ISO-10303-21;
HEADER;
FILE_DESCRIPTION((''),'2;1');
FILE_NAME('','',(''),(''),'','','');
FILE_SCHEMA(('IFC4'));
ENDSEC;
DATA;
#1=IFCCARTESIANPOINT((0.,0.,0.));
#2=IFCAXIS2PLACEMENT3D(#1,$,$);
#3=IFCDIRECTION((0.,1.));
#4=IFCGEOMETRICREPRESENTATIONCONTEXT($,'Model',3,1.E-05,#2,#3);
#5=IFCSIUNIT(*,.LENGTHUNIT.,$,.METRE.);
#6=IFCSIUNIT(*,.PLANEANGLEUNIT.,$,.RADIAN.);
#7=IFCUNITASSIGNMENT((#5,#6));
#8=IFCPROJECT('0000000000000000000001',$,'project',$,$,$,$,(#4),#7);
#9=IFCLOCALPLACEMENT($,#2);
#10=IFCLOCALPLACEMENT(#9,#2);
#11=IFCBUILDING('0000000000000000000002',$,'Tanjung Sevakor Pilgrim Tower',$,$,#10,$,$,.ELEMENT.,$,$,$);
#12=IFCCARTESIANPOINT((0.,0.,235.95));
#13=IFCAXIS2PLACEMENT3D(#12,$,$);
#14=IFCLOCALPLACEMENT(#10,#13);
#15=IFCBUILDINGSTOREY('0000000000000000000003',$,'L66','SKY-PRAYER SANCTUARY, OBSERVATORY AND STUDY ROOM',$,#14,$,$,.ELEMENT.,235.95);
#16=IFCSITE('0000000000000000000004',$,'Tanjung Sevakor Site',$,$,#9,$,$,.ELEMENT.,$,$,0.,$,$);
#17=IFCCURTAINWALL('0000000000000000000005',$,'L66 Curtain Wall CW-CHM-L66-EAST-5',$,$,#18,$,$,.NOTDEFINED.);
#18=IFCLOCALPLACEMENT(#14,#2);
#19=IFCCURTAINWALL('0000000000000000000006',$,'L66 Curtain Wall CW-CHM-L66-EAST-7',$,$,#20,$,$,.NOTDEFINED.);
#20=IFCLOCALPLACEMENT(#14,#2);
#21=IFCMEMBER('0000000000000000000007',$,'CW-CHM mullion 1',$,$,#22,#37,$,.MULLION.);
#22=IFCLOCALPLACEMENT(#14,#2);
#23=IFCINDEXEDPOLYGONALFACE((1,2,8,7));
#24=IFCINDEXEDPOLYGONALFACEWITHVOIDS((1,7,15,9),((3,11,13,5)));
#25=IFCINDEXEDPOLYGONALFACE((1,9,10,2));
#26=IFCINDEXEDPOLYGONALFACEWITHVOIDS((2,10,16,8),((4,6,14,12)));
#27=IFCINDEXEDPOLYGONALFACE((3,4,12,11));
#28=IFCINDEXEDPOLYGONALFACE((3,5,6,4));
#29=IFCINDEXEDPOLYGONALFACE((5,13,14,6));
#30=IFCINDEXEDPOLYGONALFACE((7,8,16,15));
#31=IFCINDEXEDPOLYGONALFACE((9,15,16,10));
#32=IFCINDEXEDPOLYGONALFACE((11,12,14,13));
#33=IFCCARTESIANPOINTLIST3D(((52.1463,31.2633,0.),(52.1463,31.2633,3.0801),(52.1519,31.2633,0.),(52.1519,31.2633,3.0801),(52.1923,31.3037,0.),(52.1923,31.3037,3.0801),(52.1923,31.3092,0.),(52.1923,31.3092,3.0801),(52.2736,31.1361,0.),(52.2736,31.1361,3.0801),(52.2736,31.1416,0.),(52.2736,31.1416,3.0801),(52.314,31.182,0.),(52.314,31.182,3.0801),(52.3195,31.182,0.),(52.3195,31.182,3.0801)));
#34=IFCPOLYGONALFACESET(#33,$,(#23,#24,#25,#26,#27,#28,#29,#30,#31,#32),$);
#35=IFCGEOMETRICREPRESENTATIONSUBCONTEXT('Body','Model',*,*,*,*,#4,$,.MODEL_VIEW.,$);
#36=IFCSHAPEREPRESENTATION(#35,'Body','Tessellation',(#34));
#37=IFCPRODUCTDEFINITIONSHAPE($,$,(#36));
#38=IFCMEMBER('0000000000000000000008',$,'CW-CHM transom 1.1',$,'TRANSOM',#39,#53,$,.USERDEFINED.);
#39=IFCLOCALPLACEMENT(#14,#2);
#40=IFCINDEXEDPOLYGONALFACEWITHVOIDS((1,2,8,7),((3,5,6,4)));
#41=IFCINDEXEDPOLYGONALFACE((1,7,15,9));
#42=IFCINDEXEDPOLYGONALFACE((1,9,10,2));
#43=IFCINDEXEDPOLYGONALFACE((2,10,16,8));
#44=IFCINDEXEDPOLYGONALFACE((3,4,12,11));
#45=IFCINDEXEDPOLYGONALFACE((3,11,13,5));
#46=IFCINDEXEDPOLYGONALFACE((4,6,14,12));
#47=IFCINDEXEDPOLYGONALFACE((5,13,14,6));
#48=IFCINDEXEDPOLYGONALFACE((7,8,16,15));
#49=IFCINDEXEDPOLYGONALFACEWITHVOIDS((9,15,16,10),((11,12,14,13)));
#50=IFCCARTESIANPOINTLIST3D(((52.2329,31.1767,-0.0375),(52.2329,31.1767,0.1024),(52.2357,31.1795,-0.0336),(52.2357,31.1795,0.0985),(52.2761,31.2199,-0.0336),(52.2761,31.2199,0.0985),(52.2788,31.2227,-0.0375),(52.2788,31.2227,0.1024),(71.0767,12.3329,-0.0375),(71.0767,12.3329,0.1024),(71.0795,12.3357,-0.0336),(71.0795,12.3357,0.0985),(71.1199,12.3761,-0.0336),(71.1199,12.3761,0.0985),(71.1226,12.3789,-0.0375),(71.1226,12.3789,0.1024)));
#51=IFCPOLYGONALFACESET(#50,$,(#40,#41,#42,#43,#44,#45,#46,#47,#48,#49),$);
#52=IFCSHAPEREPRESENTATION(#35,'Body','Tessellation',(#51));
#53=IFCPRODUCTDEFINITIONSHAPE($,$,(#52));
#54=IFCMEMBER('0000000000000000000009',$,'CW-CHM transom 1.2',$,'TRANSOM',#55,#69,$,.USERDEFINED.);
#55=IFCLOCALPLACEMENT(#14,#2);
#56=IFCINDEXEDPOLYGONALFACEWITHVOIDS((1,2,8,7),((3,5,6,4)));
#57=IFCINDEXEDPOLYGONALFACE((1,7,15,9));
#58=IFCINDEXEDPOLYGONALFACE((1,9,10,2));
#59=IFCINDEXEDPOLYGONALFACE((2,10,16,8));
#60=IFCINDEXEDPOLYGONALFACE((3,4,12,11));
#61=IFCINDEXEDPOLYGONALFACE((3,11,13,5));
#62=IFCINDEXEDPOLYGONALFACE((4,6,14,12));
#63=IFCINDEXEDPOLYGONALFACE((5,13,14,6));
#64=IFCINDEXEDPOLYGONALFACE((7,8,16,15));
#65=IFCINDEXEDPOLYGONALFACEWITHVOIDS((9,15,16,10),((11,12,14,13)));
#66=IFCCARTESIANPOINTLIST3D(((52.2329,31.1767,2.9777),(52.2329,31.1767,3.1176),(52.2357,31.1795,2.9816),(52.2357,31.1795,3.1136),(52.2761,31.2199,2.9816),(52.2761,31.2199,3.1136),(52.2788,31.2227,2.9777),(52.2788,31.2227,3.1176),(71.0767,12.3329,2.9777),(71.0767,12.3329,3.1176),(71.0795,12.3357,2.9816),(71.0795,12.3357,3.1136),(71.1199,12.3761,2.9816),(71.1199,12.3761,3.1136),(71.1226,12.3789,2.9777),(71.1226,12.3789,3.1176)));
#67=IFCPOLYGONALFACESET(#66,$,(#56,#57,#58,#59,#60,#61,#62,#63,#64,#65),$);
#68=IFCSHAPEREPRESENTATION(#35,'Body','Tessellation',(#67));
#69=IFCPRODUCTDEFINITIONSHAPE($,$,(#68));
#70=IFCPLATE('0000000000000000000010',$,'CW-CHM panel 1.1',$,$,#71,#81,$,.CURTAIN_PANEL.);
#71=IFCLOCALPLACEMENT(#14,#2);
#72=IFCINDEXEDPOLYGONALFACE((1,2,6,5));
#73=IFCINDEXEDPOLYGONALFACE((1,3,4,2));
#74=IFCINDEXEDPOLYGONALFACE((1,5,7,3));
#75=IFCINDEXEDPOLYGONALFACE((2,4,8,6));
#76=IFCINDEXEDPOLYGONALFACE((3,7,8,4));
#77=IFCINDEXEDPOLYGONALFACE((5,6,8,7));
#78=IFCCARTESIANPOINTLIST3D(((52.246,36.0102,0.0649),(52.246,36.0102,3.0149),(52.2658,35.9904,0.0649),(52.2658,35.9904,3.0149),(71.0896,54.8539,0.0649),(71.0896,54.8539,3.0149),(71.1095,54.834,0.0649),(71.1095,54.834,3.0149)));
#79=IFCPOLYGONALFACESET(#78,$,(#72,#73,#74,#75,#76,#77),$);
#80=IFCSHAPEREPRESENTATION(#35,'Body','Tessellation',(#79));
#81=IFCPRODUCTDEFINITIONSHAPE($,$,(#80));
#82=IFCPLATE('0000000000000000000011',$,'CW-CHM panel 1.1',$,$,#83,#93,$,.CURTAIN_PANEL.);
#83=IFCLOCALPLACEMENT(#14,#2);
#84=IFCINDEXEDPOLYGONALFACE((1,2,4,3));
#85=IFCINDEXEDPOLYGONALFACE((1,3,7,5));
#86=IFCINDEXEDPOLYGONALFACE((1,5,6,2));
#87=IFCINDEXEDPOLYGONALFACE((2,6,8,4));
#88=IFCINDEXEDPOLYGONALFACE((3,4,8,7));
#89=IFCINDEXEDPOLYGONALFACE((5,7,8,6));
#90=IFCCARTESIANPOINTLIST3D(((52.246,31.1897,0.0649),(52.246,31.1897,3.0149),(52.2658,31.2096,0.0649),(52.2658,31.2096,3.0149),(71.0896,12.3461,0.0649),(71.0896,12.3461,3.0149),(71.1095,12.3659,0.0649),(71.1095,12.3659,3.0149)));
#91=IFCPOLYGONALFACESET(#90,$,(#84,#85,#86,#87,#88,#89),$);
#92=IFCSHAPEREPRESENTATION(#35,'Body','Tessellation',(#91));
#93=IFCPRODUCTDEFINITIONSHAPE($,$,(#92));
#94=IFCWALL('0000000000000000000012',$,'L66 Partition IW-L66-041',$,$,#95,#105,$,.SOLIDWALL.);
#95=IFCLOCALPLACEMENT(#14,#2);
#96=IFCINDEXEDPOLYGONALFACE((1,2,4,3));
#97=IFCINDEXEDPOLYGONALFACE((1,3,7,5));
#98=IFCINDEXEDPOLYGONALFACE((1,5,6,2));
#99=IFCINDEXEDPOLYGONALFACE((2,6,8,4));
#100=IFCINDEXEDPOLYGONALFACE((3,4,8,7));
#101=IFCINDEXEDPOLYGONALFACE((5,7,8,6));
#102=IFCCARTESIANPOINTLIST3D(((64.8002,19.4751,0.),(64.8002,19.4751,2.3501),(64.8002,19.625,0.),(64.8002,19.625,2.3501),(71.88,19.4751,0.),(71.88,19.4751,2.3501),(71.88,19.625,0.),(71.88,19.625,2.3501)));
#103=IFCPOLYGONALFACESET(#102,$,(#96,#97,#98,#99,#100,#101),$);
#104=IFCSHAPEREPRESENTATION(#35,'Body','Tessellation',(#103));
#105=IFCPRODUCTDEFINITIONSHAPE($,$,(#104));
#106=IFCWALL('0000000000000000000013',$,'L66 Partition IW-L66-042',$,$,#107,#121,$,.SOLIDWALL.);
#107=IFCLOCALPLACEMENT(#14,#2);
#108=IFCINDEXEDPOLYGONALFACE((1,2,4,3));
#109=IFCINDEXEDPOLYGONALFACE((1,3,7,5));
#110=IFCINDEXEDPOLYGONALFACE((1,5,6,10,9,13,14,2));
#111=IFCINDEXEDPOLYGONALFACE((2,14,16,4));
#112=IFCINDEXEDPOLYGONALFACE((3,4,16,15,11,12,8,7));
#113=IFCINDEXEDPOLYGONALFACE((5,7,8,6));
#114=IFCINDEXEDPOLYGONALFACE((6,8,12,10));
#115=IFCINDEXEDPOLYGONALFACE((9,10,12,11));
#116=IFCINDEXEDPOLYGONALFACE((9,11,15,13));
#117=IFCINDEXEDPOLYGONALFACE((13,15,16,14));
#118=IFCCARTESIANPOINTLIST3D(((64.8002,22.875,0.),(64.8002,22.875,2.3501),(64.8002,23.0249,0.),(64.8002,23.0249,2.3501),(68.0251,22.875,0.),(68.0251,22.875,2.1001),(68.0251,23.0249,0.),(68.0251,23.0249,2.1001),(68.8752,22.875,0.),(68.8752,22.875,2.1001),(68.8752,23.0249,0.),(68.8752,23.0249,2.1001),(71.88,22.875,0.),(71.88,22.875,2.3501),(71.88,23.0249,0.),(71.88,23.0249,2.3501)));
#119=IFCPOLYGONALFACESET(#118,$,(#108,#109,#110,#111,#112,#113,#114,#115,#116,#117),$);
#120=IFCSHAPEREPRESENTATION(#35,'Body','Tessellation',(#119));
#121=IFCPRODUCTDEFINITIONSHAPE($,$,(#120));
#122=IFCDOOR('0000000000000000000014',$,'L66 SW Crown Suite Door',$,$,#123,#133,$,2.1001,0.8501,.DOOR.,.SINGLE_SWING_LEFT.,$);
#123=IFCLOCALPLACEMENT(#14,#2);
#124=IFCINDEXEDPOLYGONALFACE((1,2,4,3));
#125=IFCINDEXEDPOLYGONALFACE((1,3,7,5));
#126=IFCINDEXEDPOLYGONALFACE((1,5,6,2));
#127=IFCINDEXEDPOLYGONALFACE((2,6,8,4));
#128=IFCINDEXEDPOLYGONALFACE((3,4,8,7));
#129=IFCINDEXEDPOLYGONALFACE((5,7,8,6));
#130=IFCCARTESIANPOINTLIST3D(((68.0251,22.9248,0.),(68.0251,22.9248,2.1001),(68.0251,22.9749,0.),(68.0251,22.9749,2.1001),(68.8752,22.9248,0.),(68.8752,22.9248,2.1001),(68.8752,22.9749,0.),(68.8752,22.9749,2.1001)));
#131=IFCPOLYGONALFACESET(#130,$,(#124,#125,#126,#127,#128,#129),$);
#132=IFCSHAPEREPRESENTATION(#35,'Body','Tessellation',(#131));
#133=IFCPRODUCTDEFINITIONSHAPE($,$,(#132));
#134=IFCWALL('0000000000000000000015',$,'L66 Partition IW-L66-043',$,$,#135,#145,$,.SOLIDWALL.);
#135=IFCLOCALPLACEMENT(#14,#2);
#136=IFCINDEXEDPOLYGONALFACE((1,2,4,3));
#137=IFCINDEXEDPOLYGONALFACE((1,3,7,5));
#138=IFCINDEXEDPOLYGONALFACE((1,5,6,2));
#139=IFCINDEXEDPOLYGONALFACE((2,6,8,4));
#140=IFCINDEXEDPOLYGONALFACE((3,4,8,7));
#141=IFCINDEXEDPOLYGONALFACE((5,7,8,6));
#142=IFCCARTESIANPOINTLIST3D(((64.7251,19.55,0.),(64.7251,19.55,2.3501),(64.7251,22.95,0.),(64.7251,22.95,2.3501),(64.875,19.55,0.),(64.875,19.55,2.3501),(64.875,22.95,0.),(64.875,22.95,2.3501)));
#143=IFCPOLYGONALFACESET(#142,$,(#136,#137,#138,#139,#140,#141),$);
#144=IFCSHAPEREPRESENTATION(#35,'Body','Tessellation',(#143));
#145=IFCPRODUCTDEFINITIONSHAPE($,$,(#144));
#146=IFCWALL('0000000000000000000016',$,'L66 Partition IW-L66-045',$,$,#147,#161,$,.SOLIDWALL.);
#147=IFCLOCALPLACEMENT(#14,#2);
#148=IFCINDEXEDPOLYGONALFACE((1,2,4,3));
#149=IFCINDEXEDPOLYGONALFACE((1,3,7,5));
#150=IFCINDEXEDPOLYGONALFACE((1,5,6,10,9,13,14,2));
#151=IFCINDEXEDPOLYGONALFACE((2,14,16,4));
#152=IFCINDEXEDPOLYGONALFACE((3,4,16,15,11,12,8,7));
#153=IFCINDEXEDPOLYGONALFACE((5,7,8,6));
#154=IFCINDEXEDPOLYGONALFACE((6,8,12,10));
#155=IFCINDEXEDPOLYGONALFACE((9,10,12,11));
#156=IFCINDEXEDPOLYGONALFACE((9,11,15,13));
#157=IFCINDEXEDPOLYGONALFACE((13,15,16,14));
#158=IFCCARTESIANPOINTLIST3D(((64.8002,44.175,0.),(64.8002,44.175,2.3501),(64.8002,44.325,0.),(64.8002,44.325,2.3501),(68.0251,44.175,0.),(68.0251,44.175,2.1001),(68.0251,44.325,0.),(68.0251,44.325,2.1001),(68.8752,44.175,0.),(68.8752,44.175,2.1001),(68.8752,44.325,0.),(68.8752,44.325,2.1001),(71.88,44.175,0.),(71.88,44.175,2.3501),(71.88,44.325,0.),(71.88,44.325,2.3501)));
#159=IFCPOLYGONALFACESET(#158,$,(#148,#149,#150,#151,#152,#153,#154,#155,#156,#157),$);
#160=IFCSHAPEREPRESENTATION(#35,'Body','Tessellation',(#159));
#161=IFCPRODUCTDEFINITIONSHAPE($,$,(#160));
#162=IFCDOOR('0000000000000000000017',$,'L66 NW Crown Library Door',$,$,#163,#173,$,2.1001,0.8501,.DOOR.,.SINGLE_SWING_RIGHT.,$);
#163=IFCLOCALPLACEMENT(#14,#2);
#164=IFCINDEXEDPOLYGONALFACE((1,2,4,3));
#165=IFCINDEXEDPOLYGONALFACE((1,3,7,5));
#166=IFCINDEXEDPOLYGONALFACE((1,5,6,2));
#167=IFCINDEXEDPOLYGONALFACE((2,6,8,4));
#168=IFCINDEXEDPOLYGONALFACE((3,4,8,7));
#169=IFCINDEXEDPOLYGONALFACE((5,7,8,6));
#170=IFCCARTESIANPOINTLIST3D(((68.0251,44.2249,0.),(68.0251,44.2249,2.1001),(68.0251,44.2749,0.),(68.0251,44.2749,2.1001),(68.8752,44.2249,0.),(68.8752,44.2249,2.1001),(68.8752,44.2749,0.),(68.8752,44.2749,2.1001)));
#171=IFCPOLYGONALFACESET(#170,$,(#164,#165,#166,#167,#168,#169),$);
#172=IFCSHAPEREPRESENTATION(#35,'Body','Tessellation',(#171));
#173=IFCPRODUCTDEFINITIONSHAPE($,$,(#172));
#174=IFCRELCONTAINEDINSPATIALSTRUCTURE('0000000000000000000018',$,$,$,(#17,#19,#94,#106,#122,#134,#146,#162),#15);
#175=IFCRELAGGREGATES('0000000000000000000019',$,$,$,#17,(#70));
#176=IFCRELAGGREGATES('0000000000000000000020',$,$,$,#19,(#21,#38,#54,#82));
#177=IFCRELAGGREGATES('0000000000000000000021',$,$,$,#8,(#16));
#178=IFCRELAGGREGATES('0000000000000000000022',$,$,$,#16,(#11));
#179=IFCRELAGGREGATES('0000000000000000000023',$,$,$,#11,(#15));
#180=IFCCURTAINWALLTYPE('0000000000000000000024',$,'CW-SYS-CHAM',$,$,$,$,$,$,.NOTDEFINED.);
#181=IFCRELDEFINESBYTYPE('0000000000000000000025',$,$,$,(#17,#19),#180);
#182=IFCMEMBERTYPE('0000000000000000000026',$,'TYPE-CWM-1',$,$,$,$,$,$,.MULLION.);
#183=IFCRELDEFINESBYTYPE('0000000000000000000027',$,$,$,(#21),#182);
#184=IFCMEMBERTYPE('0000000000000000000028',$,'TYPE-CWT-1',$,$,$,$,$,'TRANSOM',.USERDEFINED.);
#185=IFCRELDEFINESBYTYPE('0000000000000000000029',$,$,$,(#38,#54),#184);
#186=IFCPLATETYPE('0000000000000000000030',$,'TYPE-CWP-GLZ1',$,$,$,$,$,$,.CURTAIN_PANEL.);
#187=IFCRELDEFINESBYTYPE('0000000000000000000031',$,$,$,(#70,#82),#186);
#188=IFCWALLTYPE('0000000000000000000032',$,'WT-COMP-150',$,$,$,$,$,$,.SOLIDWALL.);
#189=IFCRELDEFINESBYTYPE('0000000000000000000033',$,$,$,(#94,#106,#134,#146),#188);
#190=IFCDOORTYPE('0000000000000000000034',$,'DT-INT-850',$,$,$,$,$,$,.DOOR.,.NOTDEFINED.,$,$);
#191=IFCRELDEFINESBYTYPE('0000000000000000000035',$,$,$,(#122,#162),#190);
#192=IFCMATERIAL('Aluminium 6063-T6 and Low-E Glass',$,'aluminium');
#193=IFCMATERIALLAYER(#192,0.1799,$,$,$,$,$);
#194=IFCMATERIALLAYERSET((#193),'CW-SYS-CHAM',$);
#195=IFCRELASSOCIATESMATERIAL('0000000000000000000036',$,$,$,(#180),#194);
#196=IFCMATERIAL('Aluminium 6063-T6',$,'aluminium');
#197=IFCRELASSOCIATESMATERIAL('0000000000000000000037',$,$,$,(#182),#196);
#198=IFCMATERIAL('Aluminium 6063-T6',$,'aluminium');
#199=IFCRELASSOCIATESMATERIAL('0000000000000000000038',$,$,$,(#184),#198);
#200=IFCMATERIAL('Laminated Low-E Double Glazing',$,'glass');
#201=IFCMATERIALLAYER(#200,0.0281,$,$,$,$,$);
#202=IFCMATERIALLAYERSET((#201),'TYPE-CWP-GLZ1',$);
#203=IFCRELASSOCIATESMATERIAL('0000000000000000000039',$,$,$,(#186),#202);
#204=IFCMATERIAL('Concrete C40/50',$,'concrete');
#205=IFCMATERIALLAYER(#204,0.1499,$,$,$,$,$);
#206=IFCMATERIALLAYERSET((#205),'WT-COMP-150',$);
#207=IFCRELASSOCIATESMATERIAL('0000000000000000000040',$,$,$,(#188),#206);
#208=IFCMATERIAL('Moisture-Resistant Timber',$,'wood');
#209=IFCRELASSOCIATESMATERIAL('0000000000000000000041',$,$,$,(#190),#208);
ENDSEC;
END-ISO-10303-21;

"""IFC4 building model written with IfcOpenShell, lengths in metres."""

from ifc_helpers import new_model, si_unit, direction, frame, frame_2d, origin, origin_2d, place, context, subcontext, project, spatial, rectangle, hollow_rectangle, extrude, material, layer, layer_set, material_profile, profile_set, type_object, element, fill, aggregate, save


model = new_model("IFC4")

# Units and contexts
model_context = context("Model", 3, precision=1e-05, world=origin(), true_north=direction((0.0, 1.0)))
body_context = subcontext(model_context, "Body", "Model", "MODEL_VIEW")
ifc_project = project(units=[si_unit("LENGTHUNIT", "METRE"), si_unit("PLANEANGLEUNIT", "RADIAN")], contexts=[model_context])

# Site, building, storey
site_placement = place(None, origin())
site = spatial("IfcSite", under=ifc_project, at=site_placement, Name="Tanjung Sevakor Site", CompositionType="ELEMENT", RefElevation=0.0)
building_placement = place(site_placement, origin())
building = spatial("IfcBuilding", under=site, at=building_placement, Name="Tanjung Sevakor Pilgrim Tower", CompositionType="ELEMENT")
storey_placement = place(building_placement, frame((0.0, 0.0, 235.95)))
storey = spatial("IfcBuildingStorey", under=building, at=storey_placement, Name="L66", Description="SKY-PRAYER SANCTUARY, OBSERVATORY AND STUDY ROOM", CompositionType="ELEMENT", Elevation=235.95)

# Curtain wall
ifc_material_1 = material(Name="Aluminium 6063-T6 and Low-E Glass", Category="aluminium")
ifc_layer_1 = layer(ifc_material_1, 0.1799)
ifc_layer_set_1 = layer_set([ifc_layer_1], Name="CW-SYS-CHAM")
curtain_wall_type = type_object("IfcCurtainWallType", Name="CW-SYS-CHAM", PredefinedType="NOTDEFINED", material=ifc_layer_set_1)
curtain_wall_1_placement = place(storey_placement, origin())
curtain_wall_1 = element("IfcCurtainWall", 1, at=curtain_wall_1_placement, inside=storey, type_object=curtain_wall_type, Name="L66 Curtain Wall CW-CHM-L66-EAST-5", PredefinedType="NOTDEFINED")
ifc_material_2 = material(Name="Aluminium 6063-T6", Category="aluminium")
ifc_material_profile_1 = material_profile(ifc_material_2, hollow_rectangle(XDim=0.0649, YDim=0.1799, WallThickness=0.0039, at=origin_2d()))
ifc_profile_set_1 = profile_set([ifc_material_profile_1], Name="Aluminium 6063-T6")
member_type_1 = type_object("IfcMemberType", Name="TYPE-CWM-1", PredefinedType="MULLION", material=ifc_profile_set_1)

# Curtain wall, members
curtain_wall_2_placement = place(storey_placement, origin())
curtain_wall_2 = element("IfcCurtainWall", 2, at=curtain_wall_2_placement, inside=storey, type_object=curtain_wall_type, Name="L66 Curtain Wall CW-CHM-L66-EAST-7", PredefinedType="NOTDEFINED")
member_1_placement = place(storey_placement, frame((52.2329, 31.2227, 0.0), z_axis=(0.0, 0.0, 1.0), x_axis=(0.707107, 0.707107, 0.0)))
member_1 = element("IfcMember", 3, at=member_1_placement, type_object=member_type_1, Name="CW-CHM mullion 1", PredefinedType="MULLION", context=body_context, shape_type="SweptSolid", body=[
    extrude(hollow_rectangle(XDim=0.0649, YDim=0.1799, WallThickness=0.0039, at=origin_2d()), origin(), (0.0, 0.0, 1.0), 3.0801),
])
ifc_material_3 = material(Name="Aluminium 6063-T6", Category="aluminium")
ifc_material_profile_2 = material_profile(ifc_material_3, hollow_rectangle(XDim=0.0649, YDim=0.1399, WallThickness=0.0039, at=origin_2d()))
ifc_profile_set_2 = profile_set([ifc_material_profile_2], Name="Aluminium 6063-T6")
member_type_2 = type_object("IfcMemberType", Name="TYPE-CWT-1", ElementType="TRANSOM", PredefinedType="USERDEFINED", material=ifc_profile_set_2)
member_2_placement = place(storey_placement, frame((52.2559, 31.1997, 0.0325), z_axis=(0.707107, -0.707107, 0.0), x_axis=(0.707107, 0.707107, 0.0)))
member_2 = element("IfcMember", 4, at=member_2_placement, type_object=member_type_2, Name="CW-CHM transom 1.1", ObjectType="TRANSOM", PredefinedType="USERDEFINED", context=body_context, shape_type="SweptSolid", body=[
    extrude(hollow_rectangle(XDim=0.0649, YDim=0.1399, WallThickness=0.0039, at=origin_2d()), origin(), (0.0, 0.0, 1.0), 26.6492),
])
member_3_placement = place(storey_placement, frame((52.2559, 31.1997, 3.0476), z_axis=(0.707107, -0.707107, 0.0), x_axis=(0.707107, 0.707107, 0.0)))
member_3 = element("IfcMember", 5, at=member_3_placement, type_object=member_type_2, Name="CW-CHM transom 1.2", ObjectType="TRANSOM", PredefinedType="USERDEFINED", context=body_context, shape_type="SweptSolid", body=[
    extrude(hollow_rectangle(XDim=0.0649, YDim=0.1399, WallThickness=0.0039, at=origin_2d()), origin(), (0.0, 0.0, 1.0), 26.6492),
])

# Plates
ifc_material_4 = material(Name="Laminated Low-E Double Glazing", Category="glass")
ifc_layer_2 = layer(ifc_material_4, 0.0281)
ifc_layer_set_2 = layer_set([ifc_layer_2], Name="TYPE-CWP-GLZ1")
plate_type = type_object("IfcPlateType", Name="TYPE-CWP-GLZ1", PredefinedType="CURTAIN_PANEL", material=ifc_layer_set_2)
plate_1_placement = place(storey_placement, frame((61.6777, 45.4221, 0.0649), z_axis=(0.0, 0.0, 1.0), x_axis=(-0.707107, -0.707107, 0.0)))
plate_1 = element("IfcPlate", 6, at=plate_1_placement, type_object=plate_type, Name="CW-CHM panel 1.1", PredefinedType="CURTAIN_PANEL", context=body_context, shape_type="SweptSolid", body=[
    extrude(rectangle(XDim=26.6489, YDim=0.0281, at=origin_2d()), origin(), (0.0, 0.0, 1.0), 2.95),
])
aggregate(curtain_wall_1, [plate_1])
plate_2_placement = place(storey_placement, frame((61.6777, 21.7778, 0.0649), z_axis=(0.0, 0.0, 1.0), x_axis=(0.707107, -0.707107, 0.0)))
plate_2 = element("IfcPlate", 7, at=plate_2_placement, type_object=plate_type, Name="CW-CHM panel 1.1", PredefinedType="CURTAIN_PANEL", context=body_context, shape_type="SweptSolid", body=[
    extrude(rectangle(XDim=26.6489, YDim=0.0281, at=origin_2d()), origin(), (0.0, 0.0, 1.0), 2.95),
])
aggregate(curtain_wall_2, [member_1, member_2, member_3, plate_2])

# Wall
ifc_material_5 = material(Name="Concrete C40/50", Category="concrete")
ifc_layer_3 = layer(ifc_material_5, 0.1499)
ifc_layer_set_3 = layer_set([ifc_layer_3], Name="WT-COMP-150")
wall_type_1 = type_object("IfcWallType", Name="WT-COMP-150", PredefinedType="SOLIDWALL", material=ifc_layer_set_3)
wall_1_placement = place(storey_placement, frame((64.8, 19.55, 0.0), z_axis=(0.0, 0.0, 1.0), x_axis=(1.0, 0.0, 0.0)))
element("IfcWall", 8, at=wall_1_placement, inside=storey, type_object=wall_type_1, Name="L66 Partition IW-L66-041", PredefinedType="SOLIDWALL", context=body_context, shape_type="SweptSolid", body=[
    extrude(rectangle(XDim=7.0798, YDim=0.1499, at=frame_2d((3.54, 0.0))), origin(), (0.0, 0.0, 1.0), 2.3501),
])

# Wall, opening, door
wall_2_placement = place(storey_placement, frame((64.8, 22.95, 0.0), z_axis=(0.0, 0.0, 1.0), x_axis=(1.0, 0.0, 0.0)))
wall_2 = element("IfcWall", 9, at=wall_2_placement, inside=storey, type_object=wall_type_1, Name="L66 Partition IW-L66-042", PredefinedType="SOLIDWALL", context=body_context, shape_type="SweptSolid", body=[
    extrude(rectangle(XDim=7.0798, YDim=0.1499, at=frame_2d((3.54, 0.0))), origin(), (0.0, 0.0, 1.0), 2.3501),
])
opening_1_placement = place(wall_2_placement, frame((3.2251, 0.0, 0.0)))
opening_1 = element("IfcOpeningElement", 10, at=opening_1_placement, cuts=wall_2, PredefinedType="OPENING", context=body_context, shape_type="SweptSolid", body=[
    extrude(rectangle(XDim=0.8501, YDim=2.1001, at=frame_2d((0.425, 1.05))), frame((0.0, 0.085, 0.0), z_axis=(0.0, -1.0, 0.0), x_axis=(1.0, 0.0, 0.0)), (0.0, 0.0, 1.0), 0.1699),
])
ifc_material_6 = material(Name="Moisture-Resistant Timber", Category="wood")
door_type = type_object("IfcDoorType", Name="DT-INT-850", OperationType="NOTDEFINED", PredefinedType="DOOR", material=ifc_material_6)
door_1_placement = place(opening_1_placement, origin())
door_1 = element("IfcDoor", 11, at=door_1_placement, inside=storey, type_object=door_type, Name="L66 SW Crown Suite Door", OperationType="SINGLE_SWING_LEFT", OverallHeight=2.1001, OverallWidth=0.8501, PredefinedType="DOOR", context=body_context, shape_type="SweptSolid", body=[
    extrude(rectangle(XDim=0.8501, YDim=2.1001, at=frame_2d((0.425, 1.05))), frame((0.0, 0.0249, 0.0), z_axis=(0.0, -1.0, 0.0), x_axis=(1.0, 0.0, 0.0)), (0.0, 0.0, 1.0), 0.05),
])
fill(opening_1, door_1)

# Wall
wall_3_placement = place(storey_placement, frame((64.8, 19.55, 0.0), z_axis=(0.0, 0.0, 1.0), x_axis=(0.0, 1.0, 0.0)))
element("IfcWall", 12, at=wall_3_placement, inside=storey, type_object=wall_type_1, Name="L66 Partition IW-L66-043", PredefinedType="SOLIDWALL", context=body_context, shape_type="SweptSolid", body=[
    extrude(rectangle(XDim=3.3999, YDim=0.1499, at=frame_2d((1.7, 0.0))), origin(), (0.0, 0.0, 1.0), 2.3501),
])

# Wall, opening, door
wall_4_placement = place(storey_placement, frame((64.8, 44.25, 0.0), z_axis=(0.0, 0.0, 1.0), x_axis=(1.0, 0.0, 0.0)))
wall_4 = element("IfcWall", 13, at=wall_4_placement, inside=storey, type_object=wall_type_1, Name="L66 Partition IW-L66-045", PredefinedType="SOLIDWALL", context=body_context, shape_type="SweptSolid", body=[
    extrude(rectangle(XDim=7.0798, YDim=0.1499, at=frame_2d((3.54, 0.0))), origin(), (0.0, 0.0, 1.0), 2.3501),
])
opening_2_placement = place(wall_4_placement, frame((3.2251, 0.0, 0.0)))
opening_2 = element("IfcOpeningElement", 14, at=opening_2_placement, cuts=wall_4, PredefinedType="OPENING", context=body_context, shape_type="SweptSolid", body=[
    extrude(rectangle(XDim=0.8501, YDim=2.1001, at=frame_2d((0.425, 1.05))), frame((0.0, 0.085, 0.0), z_axis=(0.0, -1.0, 0.0), x_axis=(1.0, 0.0, 0.0)), (0.0, 0.0, 1.0), 0.1699),
])
door_2_placement = place(opening_2_placement, origin())
door_2 = element("IfcDoor", 15, at=door_2_placement, inside=storey, type_object=door_type, Name="L66 NW Crown Library Door", OperationType="SINGLE_SWING_RIGHT", OverallHeight=2.1001, OverallWidth=0.8501, PredefinedType="DOOR", context=body_context, shape_type="SweptSolid", body=[
    extrude(rectangle(XDim=0.8501, YDim=2.1001, at=frame_2d((0.425, 1.05))), frame((0.0, 0.0249, 0.0), z_axis=(0.0, -1.0, 0.0), x_axis=(1.0, 0.0, 0.0)), (0.0, 0.0, 1.0), 0.05),
])
fill(opening_2, door_2)

save(model, "model.ifc")
